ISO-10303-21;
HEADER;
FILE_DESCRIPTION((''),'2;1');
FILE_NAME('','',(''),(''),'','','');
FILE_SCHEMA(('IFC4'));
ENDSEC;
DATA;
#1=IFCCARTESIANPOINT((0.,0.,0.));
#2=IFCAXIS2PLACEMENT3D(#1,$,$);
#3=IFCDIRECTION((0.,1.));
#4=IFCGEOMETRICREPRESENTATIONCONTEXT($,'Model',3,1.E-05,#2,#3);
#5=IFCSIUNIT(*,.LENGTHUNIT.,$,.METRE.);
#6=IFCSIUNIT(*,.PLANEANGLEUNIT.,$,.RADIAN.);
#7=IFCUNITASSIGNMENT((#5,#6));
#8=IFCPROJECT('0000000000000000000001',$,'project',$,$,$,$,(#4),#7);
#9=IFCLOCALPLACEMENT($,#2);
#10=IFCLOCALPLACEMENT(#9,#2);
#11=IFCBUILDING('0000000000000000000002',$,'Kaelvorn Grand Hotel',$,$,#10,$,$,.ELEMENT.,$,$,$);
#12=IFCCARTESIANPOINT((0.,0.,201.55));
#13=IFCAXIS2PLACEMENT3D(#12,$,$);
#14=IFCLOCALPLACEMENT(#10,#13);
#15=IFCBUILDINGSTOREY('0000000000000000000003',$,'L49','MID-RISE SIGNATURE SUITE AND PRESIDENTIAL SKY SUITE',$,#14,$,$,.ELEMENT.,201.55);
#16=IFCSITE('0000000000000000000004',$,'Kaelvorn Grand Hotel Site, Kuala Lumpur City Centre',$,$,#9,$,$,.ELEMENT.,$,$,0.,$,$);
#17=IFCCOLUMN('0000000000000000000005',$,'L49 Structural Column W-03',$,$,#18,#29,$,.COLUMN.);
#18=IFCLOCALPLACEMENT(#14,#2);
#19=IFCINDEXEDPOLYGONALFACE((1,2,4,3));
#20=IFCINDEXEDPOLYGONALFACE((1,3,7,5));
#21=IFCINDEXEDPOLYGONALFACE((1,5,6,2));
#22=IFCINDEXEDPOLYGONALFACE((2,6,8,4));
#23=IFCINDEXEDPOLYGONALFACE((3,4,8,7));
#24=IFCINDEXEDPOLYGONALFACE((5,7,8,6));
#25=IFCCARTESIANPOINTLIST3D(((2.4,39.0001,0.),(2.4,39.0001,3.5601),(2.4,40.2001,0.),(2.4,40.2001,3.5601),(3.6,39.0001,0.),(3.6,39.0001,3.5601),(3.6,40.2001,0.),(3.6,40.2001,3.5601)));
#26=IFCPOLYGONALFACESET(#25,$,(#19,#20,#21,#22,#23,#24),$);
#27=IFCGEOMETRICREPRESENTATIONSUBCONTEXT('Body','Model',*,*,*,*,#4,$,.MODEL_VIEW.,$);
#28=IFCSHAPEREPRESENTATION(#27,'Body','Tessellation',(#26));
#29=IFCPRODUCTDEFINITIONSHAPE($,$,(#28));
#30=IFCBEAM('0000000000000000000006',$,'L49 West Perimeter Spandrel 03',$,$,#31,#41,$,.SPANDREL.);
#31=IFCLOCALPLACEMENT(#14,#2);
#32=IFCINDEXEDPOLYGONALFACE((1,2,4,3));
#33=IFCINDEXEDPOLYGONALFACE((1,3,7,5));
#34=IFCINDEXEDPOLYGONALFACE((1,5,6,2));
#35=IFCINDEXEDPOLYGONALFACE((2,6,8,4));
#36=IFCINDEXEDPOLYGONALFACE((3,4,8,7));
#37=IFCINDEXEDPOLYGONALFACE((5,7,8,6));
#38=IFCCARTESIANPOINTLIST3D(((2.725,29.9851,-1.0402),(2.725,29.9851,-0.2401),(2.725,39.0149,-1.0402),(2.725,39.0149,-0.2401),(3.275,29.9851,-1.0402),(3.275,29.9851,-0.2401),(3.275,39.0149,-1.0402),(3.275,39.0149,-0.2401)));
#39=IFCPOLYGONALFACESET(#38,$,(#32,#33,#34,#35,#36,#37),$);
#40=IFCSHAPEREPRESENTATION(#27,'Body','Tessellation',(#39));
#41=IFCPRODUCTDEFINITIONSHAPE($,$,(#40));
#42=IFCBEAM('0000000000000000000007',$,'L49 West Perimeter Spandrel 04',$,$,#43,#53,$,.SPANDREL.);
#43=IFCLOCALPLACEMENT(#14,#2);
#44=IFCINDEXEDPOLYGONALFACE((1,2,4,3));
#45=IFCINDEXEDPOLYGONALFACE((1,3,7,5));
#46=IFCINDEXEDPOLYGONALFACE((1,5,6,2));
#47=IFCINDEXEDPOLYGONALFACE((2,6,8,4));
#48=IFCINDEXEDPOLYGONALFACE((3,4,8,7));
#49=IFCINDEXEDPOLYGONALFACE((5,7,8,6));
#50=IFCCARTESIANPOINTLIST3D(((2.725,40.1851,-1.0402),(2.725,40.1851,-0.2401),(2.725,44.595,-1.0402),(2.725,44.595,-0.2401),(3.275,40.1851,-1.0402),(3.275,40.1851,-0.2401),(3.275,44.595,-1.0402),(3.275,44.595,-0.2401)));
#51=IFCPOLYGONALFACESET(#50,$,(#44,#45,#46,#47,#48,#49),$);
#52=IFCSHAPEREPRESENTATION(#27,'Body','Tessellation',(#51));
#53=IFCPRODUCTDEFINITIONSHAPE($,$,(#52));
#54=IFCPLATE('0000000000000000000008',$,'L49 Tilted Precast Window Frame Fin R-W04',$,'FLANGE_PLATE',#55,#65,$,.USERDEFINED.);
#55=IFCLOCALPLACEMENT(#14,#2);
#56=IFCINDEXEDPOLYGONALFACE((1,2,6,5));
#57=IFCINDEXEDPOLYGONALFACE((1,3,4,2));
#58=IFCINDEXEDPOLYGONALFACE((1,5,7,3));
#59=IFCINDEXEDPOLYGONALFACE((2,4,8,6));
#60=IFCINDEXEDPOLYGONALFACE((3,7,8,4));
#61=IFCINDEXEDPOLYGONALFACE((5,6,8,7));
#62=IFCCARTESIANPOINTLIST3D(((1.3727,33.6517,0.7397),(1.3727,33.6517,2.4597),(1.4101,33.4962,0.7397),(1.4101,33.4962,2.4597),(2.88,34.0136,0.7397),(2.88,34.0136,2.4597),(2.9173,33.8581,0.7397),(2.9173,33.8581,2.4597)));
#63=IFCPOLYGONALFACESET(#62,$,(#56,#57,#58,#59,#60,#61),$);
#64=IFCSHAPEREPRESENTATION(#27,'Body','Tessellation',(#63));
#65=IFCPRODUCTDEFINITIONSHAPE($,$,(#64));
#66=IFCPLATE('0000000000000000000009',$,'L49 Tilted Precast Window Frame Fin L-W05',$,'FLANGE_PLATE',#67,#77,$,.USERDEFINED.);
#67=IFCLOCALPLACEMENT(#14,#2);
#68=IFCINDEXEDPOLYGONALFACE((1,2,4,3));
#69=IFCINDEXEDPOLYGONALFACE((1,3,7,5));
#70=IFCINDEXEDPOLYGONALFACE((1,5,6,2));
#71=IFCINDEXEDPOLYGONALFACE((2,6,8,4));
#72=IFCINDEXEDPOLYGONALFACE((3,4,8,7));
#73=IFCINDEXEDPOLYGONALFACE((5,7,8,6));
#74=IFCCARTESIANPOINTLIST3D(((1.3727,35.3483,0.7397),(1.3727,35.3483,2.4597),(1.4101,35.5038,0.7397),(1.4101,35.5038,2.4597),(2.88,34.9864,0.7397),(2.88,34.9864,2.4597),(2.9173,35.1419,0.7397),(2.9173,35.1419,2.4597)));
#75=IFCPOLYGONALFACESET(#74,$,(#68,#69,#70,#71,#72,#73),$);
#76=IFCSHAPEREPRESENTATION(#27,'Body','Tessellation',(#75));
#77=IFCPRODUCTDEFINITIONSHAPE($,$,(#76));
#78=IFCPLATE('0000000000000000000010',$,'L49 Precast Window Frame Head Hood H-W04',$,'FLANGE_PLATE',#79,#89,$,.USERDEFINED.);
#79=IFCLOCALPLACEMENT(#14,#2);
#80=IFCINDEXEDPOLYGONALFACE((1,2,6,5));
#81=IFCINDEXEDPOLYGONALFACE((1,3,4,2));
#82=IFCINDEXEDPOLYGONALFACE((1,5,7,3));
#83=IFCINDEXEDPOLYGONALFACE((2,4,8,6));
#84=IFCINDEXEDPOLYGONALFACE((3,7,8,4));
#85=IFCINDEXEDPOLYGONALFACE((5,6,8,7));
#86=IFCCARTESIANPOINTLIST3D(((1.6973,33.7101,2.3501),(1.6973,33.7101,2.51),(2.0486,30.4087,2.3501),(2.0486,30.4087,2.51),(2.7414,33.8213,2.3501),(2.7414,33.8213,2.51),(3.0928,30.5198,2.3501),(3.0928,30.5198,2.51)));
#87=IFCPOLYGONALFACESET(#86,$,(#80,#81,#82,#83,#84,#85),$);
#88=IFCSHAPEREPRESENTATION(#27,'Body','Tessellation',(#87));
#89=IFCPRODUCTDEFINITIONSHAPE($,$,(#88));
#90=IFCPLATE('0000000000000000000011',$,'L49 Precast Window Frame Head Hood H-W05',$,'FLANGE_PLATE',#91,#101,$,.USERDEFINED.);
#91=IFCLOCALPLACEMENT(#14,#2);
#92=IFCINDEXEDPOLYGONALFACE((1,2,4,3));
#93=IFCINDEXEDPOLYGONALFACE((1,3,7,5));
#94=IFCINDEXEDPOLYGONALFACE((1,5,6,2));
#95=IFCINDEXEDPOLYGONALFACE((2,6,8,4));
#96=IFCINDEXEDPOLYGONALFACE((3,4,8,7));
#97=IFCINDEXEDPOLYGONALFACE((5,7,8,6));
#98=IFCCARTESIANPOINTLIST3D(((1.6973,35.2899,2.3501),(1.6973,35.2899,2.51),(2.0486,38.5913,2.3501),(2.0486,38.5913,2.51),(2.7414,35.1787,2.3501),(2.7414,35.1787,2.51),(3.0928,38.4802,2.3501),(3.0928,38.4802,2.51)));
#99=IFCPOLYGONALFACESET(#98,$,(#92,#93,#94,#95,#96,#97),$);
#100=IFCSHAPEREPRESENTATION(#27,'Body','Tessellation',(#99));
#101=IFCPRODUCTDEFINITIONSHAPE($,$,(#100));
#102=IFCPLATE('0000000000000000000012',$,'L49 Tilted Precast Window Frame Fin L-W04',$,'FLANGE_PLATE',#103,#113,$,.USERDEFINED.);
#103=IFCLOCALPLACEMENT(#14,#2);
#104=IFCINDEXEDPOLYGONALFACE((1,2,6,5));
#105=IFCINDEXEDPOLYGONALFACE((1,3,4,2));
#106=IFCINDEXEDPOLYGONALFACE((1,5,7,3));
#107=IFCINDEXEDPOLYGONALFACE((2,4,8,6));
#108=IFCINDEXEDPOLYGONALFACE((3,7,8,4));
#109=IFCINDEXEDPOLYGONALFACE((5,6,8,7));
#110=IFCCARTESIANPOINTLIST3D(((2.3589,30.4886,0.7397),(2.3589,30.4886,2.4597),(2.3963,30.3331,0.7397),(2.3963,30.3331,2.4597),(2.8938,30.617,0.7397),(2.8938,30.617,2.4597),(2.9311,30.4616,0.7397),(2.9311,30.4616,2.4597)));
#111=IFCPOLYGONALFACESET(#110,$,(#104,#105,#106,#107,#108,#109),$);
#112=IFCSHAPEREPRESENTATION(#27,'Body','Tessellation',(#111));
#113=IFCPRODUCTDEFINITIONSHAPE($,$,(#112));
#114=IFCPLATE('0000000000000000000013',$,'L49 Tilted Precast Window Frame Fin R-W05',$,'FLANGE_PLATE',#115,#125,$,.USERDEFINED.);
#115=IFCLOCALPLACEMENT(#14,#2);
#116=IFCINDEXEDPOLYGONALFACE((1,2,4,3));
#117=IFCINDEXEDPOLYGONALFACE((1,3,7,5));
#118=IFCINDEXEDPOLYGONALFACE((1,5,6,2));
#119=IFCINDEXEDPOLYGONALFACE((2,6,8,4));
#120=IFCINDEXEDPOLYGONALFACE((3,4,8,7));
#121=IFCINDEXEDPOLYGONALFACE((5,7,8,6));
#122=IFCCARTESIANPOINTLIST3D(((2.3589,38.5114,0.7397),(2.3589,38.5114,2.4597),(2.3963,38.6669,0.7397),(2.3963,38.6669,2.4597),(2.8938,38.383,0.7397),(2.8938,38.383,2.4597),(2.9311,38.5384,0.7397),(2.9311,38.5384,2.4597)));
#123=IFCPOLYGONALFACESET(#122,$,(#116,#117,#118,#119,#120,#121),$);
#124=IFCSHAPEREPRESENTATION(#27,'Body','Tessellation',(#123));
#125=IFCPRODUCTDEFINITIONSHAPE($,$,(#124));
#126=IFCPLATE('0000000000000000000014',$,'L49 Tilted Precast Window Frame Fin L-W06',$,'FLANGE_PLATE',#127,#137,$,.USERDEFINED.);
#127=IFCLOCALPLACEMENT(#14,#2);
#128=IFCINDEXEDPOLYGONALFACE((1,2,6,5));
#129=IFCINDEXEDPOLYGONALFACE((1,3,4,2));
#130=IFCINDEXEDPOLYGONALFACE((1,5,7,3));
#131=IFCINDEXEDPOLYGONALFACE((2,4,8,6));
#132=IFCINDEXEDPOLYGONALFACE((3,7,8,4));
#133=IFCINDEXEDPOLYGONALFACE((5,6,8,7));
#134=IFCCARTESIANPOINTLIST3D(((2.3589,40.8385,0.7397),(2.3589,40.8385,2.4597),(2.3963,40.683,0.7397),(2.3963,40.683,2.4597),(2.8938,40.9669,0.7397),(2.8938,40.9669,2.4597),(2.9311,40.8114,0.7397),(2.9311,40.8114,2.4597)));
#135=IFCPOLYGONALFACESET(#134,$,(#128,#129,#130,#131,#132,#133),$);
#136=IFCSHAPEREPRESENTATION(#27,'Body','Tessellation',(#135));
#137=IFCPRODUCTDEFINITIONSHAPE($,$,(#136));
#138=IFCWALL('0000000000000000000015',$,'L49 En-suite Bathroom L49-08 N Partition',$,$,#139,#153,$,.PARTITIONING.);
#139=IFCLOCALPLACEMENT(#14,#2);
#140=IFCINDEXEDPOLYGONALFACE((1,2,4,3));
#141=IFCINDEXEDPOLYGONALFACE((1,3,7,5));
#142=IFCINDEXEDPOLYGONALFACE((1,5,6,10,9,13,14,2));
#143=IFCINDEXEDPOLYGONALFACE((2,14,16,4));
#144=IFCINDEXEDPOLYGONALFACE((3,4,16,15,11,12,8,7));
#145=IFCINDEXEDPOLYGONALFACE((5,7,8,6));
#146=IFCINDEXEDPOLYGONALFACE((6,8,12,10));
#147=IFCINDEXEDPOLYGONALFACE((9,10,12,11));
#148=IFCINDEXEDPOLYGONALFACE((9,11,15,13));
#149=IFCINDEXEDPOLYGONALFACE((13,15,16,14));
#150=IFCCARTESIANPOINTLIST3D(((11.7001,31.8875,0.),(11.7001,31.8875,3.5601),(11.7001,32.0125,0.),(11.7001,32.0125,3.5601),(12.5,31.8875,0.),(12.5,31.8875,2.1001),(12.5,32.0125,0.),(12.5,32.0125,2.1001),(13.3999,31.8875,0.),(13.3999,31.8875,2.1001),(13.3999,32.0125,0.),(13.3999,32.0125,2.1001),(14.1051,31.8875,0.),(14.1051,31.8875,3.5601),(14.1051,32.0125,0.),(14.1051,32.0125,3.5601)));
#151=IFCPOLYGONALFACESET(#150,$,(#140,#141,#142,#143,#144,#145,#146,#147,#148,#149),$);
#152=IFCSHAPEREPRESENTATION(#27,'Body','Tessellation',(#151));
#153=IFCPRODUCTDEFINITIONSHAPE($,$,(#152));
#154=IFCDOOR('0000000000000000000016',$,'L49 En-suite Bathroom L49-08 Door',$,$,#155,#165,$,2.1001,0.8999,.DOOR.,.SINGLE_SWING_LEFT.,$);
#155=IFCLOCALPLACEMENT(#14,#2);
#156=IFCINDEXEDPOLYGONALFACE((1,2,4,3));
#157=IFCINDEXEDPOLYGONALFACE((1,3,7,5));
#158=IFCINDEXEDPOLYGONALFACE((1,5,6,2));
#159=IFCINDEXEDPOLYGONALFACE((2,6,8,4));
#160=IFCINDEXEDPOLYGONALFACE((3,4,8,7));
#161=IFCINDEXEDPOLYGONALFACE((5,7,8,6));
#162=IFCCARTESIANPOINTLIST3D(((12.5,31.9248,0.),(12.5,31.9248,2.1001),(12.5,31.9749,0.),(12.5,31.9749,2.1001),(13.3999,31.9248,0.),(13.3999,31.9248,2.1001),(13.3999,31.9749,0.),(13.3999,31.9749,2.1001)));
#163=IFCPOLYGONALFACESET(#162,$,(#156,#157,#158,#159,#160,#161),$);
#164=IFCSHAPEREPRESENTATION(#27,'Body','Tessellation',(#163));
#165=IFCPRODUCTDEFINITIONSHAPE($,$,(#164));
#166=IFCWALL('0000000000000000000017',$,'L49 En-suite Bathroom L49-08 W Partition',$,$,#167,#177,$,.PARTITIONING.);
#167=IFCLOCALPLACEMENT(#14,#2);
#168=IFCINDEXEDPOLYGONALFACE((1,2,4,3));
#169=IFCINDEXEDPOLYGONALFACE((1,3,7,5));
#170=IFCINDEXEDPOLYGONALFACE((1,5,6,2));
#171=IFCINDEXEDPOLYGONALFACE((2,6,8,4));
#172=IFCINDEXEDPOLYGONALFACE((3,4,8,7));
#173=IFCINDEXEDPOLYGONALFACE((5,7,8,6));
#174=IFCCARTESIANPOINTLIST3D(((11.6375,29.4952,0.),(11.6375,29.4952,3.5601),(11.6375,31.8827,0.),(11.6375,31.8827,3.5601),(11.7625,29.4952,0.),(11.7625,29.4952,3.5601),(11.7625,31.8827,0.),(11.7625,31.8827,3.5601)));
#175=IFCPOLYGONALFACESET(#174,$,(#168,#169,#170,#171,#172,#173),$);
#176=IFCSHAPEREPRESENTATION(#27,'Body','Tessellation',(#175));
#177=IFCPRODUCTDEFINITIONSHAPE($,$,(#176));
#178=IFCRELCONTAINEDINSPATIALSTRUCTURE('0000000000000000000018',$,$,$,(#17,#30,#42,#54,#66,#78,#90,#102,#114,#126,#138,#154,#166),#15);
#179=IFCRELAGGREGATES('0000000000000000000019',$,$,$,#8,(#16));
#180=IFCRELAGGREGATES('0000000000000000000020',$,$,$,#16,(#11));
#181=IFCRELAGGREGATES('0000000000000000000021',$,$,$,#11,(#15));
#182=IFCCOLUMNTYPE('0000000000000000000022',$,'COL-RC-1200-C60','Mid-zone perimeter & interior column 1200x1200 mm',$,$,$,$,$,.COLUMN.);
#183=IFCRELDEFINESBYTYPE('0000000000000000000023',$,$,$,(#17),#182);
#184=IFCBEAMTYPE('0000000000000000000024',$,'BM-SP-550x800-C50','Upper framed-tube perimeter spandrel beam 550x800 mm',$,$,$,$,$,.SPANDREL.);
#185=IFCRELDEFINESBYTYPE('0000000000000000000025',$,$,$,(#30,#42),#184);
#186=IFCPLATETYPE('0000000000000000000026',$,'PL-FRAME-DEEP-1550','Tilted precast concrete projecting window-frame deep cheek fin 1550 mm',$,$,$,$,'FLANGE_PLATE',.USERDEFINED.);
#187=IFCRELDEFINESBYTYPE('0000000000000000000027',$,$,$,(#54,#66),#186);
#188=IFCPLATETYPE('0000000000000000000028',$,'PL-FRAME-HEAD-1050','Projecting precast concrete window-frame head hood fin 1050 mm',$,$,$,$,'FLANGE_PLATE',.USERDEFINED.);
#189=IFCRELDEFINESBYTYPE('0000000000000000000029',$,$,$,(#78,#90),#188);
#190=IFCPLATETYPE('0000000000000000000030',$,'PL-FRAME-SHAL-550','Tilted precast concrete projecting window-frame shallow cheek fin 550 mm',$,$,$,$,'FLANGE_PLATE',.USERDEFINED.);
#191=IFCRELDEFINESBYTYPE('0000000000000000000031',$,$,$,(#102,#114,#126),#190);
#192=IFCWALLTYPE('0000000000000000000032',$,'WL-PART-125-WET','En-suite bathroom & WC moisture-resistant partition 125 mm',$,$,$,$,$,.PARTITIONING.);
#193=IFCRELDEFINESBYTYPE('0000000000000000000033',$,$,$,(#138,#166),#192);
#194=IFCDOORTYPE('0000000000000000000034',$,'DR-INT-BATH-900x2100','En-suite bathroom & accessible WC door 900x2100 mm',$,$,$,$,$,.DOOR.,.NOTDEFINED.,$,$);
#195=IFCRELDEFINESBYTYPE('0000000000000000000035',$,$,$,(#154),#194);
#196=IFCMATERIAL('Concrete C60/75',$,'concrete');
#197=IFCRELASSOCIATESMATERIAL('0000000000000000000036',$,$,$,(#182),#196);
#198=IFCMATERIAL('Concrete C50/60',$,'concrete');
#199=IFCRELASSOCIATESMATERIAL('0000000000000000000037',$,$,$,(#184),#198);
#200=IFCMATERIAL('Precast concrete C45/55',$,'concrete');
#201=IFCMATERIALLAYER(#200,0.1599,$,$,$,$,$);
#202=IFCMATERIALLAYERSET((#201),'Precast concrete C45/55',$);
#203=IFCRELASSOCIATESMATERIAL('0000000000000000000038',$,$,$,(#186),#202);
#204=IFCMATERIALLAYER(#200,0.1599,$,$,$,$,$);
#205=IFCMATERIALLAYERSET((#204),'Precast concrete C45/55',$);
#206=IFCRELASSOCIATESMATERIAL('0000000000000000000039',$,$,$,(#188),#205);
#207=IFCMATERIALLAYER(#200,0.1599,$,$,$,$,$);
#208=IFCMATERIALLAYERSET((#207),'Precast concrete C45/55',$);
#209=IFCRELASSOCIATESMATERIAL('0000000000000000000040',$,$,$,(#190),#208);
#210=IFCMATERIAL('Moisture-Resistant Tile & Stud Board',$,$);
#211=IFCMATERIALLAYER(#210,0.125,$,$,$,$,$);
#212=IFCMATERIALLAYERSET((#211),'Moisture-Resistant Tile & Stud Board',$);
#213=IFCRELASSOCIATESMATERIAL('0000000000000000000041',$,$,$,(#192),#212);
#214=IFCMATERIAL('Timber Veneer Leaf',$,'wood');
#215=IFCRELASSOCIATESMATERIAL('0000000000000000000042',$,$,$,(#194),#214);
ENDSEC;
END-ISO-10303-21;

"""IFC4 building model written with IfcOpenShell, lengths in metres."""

from ifc_helpers import new_model, si_unit, direction, frame, frame_2d, origin, origin_2d, place, context, subcontext, project, spatial, rectangle, extrude, material, layer, layer_set, material_profile, profile_set, type_object, element, fill, save


model = new_model("IFC4")

# Units and contexts
model_context = context("Model", 3, precision=1e-05, world=origin(), true_north=direction((0.0, 1.0)))
body_context = subcontext(model_context, "Body", "Model", "MODEL_VIEW")
ifc_project = project(units=[si_unit("LENGTHUNIT", "METRE"), si_unit("PLANEANGLEUNIT", "RADIAN")], contexts=[model_context])

# Site, building, storey
site_placement = place(None, origin())
site = spatial("IfcSite", under=ifc_project, at=site_placement, Name="Kaelvorn Grand Hotel Site, Kuala Lumpur City Centre", CompositionType="ELEMENT", RefElevation=0.0)
building_placement = place(site_placement, origin())
building = spatial("IfcBuilding", under=site, at=building_placement, Name="Kaelvorn Grand Hotel", CompositionType="ELEMENT")
storey_placement = place(building_placement, frame((0.0, 0.0, 201.55)))
storey = spatial("IfcBuildingStorey", under=building, at=storey_placement, Name="L49", Description="MID-RISE SIGNATURE SUITE AND PRESIDENTIAL SKY SUITE", CompositionType="ELEMENT", Elevation=201.55)

# Column
ifc_material_1 = material(Name="Concrete C60/75", Category="concrete")
ifc_material_profile_1 = material_profile(ifc_material_1, rectangle(XDim=1.2, YDim=1.2, at=origin_2d()), Name="RC COL 1200x1200")
ifc_profile_set_1 = profile_set([ifc_material_profile_1], Name="Concrete C60/75")
column_type = type_object("IfcColumnType", Name="COL-RC-1200-C60", Description="Mid-zone perimeter & interior column 1200x1200 mm", PredefinedType="COLUMN", material=ifc_profile_set_1)
column_placement = place(storey_placement, frame((3.0, 39.6001, 0.0), z_axis=(0.0, 0.0, 1.0), x_axis=(1.0, 0.0, 0.0)))
element("IfcColumn", 1, at=column_placement, inside=storey, type_object=column_type, Name="L49 Structural Column W-03", PredefinedType="COLUMN", context=body_context, shape_type="SweptSolid", body=[
    extrude(rectangle(XDim=1.2, YDim=1.2, at=origin_2d()), origin(), (0.0, 0.0, 1.0), 3.5601),
])

# Beams
ifc_material_2 = material(Name="Concrete C50/60", Category="concrete")
ifc_material_profile_2 = material_profile(ifc_material_2, rectangle(XDim=0.55, YDim=0.8, at=origin_2d()), Name="RC SPANDREL 550x800")
ifc_profile_set_2 = profile_set([ifc_material_profile_2], Name="Concrete C50/60")
beam_type = type_object("IfcBeamType", Name="BM-SP-550x800-C50", Description="Upper framed-tube perimeter spandrel beam 550x800 mm", PredefinedType="SPANDREL", material=ifc_profile_set_2)
beam_1_placement = place(storey_placement, frame((3.0, 29.9851, -0.6401), z_axis=(0.0, 1.0, 0.0), x_axis=(-1.0, 0.0, 0.0)))
element("IfcBeam", 2, at=beam_1_placement, inside=storey, type_object=beam_type, Name="L49 West Perimeter Spandrel 03", PredefinedType="SPANDREL", context=body_context, shape_type="SweptSolid", body=[
    extrude(rectangle(XDim=0.55, YDim=0.8, at=origin_2d()), origin(), (0.0, 0.0, 1.0), 9.0298),
])
beam_2_placement = place(storey_placement, frame((3.0, 40.1851, -0.6401), z_axis=(0.0, 1.0, 0.0), x_axis=(-1.0, 0.0, 0.0)))
element("IfcBeam", 3, at=beam_2_placement, inside=storey, type_object=beam_type, Name="L49 West Perimeter Spandrel 04", PredefinedType="SPANDREL", context=body_context, shape_type="SweptSolid", body=[
    extrude(rectangle(XDim=0.55, YDim=0.8, at=origin_2d()), origin(), (0.0, 0.0, 1.0), 4.4099),
])

# Plates
ifc_material_3 = material(Name="Precast concrete C45/55", Category="concrete")
ifc_layer_1 = layer(ifc_material_3, 0.1599)
ifc_layer_set_1 = layer_set([ifc_layer_1], Name="Precast concrete C45/55")
plate_type_1 = type_object("IfcPlateType", Name="PL-FRAME-DEEP-1550", Description="Tilted precast concrete projecting window-frame deep cheek fin 1550 mm", ElementType="FLANGE_PLATE", PredefinedType="USERDEFINED", material=ifc_layer_set_1)
for number, where, z_axis, x_axis, name in (
    (4, (2.145, 33.7549, 0.7397), (0.0, 0.0, 1.0), (-0.233445, 0.97237, 0.0), "L49 Tilted Precast Window Frame Fin R-W04"),
    (5, (2.145, 35.2451, 0.7397), (0.0, 0.0, 1.0), (0.233445, 0.97237, 0.0), "L49 Tilted Precast Window Frame Fin L-W05"),
):
    element("IfcPlate", number, at=place(storey_placement, frame(where, z_axis=z_axis, x_axis=x_axis)), inside=storey, type_object=plate_type_1, Name=name, ObjectType="FLANGE_PLATE", PredefinedType="USERDEFINED", context=body_context, shape_type="SweptSolid", body=[
        extrude(rectangle(XDim=0.1599, YDim=1.55, at=origin_2d()), origin(), (0.0, 0.0, 1.0), 1.72),
    ])
ifc_layer_2 = layer(ifc_material_3, 0.1599)
ifc_layer_set_2 = layer_set([ifc_layer_2], Name="Precast concrete C45/55")
plate_type_2 = type_object("IfcPlateType", Name="PL-FRAME-HEAD-1050", Description="Projecting precast concrete window-frame head hood fin 1050 mm", ElementType="FLANGE_PLATE", PredefinedType="USERDEFINED", material=ifc_layer_set_2)
for number, where, z_axis, x_axis, name in (
    (6, (2.395, 32.115, 2.3501), (0.0, 0.0, 1.0), (-0.10583, 0.994384, 0.0), "L49 Precast Window Frame Head Hood H-W04"),
    (7, (2.395, 36.885, 2.3501), (0.0, 0.0, 1.0), (0.10583, 0.994384, 0.0), "L49 Precast Window Frame Head Hood H-W05"),
):
    element("IfcPlate", number, at=place(storey_placement, frame(where, z_axis=z_axis, x_axis=x_axis)), inside=storey, type_object=plate_type_2, Name=name, ObjectType="FLANGE_PLATE", PredefinedType="USERDEFINED", context=body_context, shape_type="SweptSolid", body=[
        extrude(rectangle(XDim=3.3201, YDim=1.05, at=origin_2d()), origin(), (0.0, 0.0, 1.0), 0.1599),
    ])
ifc_layer_3 = layer(ifc_material_3, 0.1599)
ifc_layer_set_3 = layer_set([ifc_layer_3], Name="Precast concrete C45/55")
plate_type_3 = type_object("IfcPlateType", Name="PL-FRAME-SHAL-550", Description="Tilted precast concrete projecting window-frame shallow cheek fin 550 mm", ElementType="FLANGE_PLATE", PredefinedType="USERDEFINED", material=ifc_layer_set_3)
for number, where, z_axis, x_axis, name in (
    (8, (2.645, 30.4751, 0.7397), (0.0, 0.0, 1.0), (-0.233445, 0.97237, 0.0), "L49 Tilted Precast Window Frame Fin L-W04"),
    (9, (2.645, 38.5249, 0.7397), (0.0, 0.0, 1.0), (0.233445, 0.97237, 0.0), "L49 Tilted Precast Window Frame Fin R-W05"),
    (10, (2.645, 40.825, 0.7397), (0.0, 0.0, 1.0), (-0.233445, 0.97237, 0.0), "L49 Tilted Precast Window Frame Fin L-W06"),
):
    element("IfcPlate", number, at=place(storey_placement, frame(where, z_axis=z_axis, x_axis=x_axis)), inside=storey, type_object=plate_type_3, Name=name, ObjectType="FLANGE_PLATE", PredefinedType="USERDEFINED", context=body_context, shape_type="SweptSolid", body=[
        extrude(rectangle(XDim=0.1599, YDim=0.55, at=origin_2d()), origin(), (0.0, 0.0, 1.0), 1.72),
    ])

# Wall, opening, door
ifc_material_4 = material(Name="Moisture-Resistant Tile & Stud Board")
ifc_layer_4 = layer(ifc_material_4, 0.125)
ifc_layer_set_4 = layer_set([ifc_layer_4], Name="Moisture-Resistant Tile & Stud Board")
wall_type_1 = type_object("IfcWallType", Name="WL-PART-125-WET", Description="En-suite bathroom & WC moisture-resistant partition 125 mm", PredefinedType="PARTITIONING", material=ifc_layer_set_4)
wall_1_placement = place(storey_placement, frame((11.7, 31.95, 0.0), z_axis=(0.0, 0.0, 1.0), x_axis=(1.0, 0.0, 0.0)))
wall_1 = element("IfcWall", 11, at=wall_1_placement, inside=storey, type_object=wall_type_1, Name="L49 En-suite Bathroom L49-08 N Partition", PredefinedType="PARTITIONING", context=body_context, shape_type="SweptSolid", body=[
    extrude(rectangle(XDim=2.405, YDim=0.125, at=frame_2d((1.2026, 0.0))), origin(), (0.0, 0.0, 1.0), 3.5601),
])
opening_1_placement = place(wall_1_placement, frame((0.8, 0.0, 0.0)))
opening_1 = element("IfcOpeningElement", 12, at=opening_1_placement, cuts=wall_1, PredefinedType="OPENING", context=body_context, shape_type="SweptSolid", body=[
    extrude(rectangle(XDim=0.8999, YDim=2.1001, at=frame_2d((0.45, 1.05))), frame((0.0, 0.0725, 0.0), z_axis=(0.0, -1.0, 0.0), x_axis=(1.0, 0.0, 0.0)), (0.0, 0.0, 1.0), 0.145),
])
ifc_material_5 = material(Name="Timber Veneer Leaf", Category="wood")
door_type_1 = type_object("IfcDoorType", Name="DR-INT-BATH-900x2100", Description="En-suite bathroom & accessible WC door 900x2100 mm", OperationType="NOTDEFINED", PredefinedType="DOOR", material=ifc_material_5)
door_1_placement = place(opening_1_placement, origin())
door_1 = element("IfcDoor", 13, at=door_1_placement, inside=storey, type_object=door_type_1, Name="L49 En-suite Bathroom L49-08 Door", OperationType="SINGLE_SWING_LEFT", OverallHeight=2.1001, OverallWidth=0.8999, PredefinedType="DOOR", context=body_context, shape_type="SweptSolid", body=[
    extrude(rectangle(XDim=0.8999, YDim=2.1001, at=frame_2d((0.45, 1.05))), frame((0.0, 0.0249, 0.0), z_axis=(0.0, -1.0, 0.0), x_axis=(1.0, 0.0, 0.0)), (0.0, 0.0, 1.0), 0.05),
])
fill(opening_1, door_1)

# Wall
wall_2_placement = place(storey_placement, frame((11.7, 29.4951, 0.0), z_axis=(0.0, 0.0, 1.0), x_axis=(0.0, 1.0, 0.0)))
element("IfcWall", 14, at=wall_2_placement, inside=storey, type_object=wall_type_1, Name="L49 En-suite Bathroom L49-08 W Partition", PredefinedType="PARTITIONING", context=body_context, shape_type="SweptSolid", body=[
    extrude(rectangle(XDim=2.3875, YDim=0.125, at=frame_2d((1.1938, 0.0))), origin(), (0.0, 0.0, 1.0), 3.5601),
])

save(model, "model.ifc")
